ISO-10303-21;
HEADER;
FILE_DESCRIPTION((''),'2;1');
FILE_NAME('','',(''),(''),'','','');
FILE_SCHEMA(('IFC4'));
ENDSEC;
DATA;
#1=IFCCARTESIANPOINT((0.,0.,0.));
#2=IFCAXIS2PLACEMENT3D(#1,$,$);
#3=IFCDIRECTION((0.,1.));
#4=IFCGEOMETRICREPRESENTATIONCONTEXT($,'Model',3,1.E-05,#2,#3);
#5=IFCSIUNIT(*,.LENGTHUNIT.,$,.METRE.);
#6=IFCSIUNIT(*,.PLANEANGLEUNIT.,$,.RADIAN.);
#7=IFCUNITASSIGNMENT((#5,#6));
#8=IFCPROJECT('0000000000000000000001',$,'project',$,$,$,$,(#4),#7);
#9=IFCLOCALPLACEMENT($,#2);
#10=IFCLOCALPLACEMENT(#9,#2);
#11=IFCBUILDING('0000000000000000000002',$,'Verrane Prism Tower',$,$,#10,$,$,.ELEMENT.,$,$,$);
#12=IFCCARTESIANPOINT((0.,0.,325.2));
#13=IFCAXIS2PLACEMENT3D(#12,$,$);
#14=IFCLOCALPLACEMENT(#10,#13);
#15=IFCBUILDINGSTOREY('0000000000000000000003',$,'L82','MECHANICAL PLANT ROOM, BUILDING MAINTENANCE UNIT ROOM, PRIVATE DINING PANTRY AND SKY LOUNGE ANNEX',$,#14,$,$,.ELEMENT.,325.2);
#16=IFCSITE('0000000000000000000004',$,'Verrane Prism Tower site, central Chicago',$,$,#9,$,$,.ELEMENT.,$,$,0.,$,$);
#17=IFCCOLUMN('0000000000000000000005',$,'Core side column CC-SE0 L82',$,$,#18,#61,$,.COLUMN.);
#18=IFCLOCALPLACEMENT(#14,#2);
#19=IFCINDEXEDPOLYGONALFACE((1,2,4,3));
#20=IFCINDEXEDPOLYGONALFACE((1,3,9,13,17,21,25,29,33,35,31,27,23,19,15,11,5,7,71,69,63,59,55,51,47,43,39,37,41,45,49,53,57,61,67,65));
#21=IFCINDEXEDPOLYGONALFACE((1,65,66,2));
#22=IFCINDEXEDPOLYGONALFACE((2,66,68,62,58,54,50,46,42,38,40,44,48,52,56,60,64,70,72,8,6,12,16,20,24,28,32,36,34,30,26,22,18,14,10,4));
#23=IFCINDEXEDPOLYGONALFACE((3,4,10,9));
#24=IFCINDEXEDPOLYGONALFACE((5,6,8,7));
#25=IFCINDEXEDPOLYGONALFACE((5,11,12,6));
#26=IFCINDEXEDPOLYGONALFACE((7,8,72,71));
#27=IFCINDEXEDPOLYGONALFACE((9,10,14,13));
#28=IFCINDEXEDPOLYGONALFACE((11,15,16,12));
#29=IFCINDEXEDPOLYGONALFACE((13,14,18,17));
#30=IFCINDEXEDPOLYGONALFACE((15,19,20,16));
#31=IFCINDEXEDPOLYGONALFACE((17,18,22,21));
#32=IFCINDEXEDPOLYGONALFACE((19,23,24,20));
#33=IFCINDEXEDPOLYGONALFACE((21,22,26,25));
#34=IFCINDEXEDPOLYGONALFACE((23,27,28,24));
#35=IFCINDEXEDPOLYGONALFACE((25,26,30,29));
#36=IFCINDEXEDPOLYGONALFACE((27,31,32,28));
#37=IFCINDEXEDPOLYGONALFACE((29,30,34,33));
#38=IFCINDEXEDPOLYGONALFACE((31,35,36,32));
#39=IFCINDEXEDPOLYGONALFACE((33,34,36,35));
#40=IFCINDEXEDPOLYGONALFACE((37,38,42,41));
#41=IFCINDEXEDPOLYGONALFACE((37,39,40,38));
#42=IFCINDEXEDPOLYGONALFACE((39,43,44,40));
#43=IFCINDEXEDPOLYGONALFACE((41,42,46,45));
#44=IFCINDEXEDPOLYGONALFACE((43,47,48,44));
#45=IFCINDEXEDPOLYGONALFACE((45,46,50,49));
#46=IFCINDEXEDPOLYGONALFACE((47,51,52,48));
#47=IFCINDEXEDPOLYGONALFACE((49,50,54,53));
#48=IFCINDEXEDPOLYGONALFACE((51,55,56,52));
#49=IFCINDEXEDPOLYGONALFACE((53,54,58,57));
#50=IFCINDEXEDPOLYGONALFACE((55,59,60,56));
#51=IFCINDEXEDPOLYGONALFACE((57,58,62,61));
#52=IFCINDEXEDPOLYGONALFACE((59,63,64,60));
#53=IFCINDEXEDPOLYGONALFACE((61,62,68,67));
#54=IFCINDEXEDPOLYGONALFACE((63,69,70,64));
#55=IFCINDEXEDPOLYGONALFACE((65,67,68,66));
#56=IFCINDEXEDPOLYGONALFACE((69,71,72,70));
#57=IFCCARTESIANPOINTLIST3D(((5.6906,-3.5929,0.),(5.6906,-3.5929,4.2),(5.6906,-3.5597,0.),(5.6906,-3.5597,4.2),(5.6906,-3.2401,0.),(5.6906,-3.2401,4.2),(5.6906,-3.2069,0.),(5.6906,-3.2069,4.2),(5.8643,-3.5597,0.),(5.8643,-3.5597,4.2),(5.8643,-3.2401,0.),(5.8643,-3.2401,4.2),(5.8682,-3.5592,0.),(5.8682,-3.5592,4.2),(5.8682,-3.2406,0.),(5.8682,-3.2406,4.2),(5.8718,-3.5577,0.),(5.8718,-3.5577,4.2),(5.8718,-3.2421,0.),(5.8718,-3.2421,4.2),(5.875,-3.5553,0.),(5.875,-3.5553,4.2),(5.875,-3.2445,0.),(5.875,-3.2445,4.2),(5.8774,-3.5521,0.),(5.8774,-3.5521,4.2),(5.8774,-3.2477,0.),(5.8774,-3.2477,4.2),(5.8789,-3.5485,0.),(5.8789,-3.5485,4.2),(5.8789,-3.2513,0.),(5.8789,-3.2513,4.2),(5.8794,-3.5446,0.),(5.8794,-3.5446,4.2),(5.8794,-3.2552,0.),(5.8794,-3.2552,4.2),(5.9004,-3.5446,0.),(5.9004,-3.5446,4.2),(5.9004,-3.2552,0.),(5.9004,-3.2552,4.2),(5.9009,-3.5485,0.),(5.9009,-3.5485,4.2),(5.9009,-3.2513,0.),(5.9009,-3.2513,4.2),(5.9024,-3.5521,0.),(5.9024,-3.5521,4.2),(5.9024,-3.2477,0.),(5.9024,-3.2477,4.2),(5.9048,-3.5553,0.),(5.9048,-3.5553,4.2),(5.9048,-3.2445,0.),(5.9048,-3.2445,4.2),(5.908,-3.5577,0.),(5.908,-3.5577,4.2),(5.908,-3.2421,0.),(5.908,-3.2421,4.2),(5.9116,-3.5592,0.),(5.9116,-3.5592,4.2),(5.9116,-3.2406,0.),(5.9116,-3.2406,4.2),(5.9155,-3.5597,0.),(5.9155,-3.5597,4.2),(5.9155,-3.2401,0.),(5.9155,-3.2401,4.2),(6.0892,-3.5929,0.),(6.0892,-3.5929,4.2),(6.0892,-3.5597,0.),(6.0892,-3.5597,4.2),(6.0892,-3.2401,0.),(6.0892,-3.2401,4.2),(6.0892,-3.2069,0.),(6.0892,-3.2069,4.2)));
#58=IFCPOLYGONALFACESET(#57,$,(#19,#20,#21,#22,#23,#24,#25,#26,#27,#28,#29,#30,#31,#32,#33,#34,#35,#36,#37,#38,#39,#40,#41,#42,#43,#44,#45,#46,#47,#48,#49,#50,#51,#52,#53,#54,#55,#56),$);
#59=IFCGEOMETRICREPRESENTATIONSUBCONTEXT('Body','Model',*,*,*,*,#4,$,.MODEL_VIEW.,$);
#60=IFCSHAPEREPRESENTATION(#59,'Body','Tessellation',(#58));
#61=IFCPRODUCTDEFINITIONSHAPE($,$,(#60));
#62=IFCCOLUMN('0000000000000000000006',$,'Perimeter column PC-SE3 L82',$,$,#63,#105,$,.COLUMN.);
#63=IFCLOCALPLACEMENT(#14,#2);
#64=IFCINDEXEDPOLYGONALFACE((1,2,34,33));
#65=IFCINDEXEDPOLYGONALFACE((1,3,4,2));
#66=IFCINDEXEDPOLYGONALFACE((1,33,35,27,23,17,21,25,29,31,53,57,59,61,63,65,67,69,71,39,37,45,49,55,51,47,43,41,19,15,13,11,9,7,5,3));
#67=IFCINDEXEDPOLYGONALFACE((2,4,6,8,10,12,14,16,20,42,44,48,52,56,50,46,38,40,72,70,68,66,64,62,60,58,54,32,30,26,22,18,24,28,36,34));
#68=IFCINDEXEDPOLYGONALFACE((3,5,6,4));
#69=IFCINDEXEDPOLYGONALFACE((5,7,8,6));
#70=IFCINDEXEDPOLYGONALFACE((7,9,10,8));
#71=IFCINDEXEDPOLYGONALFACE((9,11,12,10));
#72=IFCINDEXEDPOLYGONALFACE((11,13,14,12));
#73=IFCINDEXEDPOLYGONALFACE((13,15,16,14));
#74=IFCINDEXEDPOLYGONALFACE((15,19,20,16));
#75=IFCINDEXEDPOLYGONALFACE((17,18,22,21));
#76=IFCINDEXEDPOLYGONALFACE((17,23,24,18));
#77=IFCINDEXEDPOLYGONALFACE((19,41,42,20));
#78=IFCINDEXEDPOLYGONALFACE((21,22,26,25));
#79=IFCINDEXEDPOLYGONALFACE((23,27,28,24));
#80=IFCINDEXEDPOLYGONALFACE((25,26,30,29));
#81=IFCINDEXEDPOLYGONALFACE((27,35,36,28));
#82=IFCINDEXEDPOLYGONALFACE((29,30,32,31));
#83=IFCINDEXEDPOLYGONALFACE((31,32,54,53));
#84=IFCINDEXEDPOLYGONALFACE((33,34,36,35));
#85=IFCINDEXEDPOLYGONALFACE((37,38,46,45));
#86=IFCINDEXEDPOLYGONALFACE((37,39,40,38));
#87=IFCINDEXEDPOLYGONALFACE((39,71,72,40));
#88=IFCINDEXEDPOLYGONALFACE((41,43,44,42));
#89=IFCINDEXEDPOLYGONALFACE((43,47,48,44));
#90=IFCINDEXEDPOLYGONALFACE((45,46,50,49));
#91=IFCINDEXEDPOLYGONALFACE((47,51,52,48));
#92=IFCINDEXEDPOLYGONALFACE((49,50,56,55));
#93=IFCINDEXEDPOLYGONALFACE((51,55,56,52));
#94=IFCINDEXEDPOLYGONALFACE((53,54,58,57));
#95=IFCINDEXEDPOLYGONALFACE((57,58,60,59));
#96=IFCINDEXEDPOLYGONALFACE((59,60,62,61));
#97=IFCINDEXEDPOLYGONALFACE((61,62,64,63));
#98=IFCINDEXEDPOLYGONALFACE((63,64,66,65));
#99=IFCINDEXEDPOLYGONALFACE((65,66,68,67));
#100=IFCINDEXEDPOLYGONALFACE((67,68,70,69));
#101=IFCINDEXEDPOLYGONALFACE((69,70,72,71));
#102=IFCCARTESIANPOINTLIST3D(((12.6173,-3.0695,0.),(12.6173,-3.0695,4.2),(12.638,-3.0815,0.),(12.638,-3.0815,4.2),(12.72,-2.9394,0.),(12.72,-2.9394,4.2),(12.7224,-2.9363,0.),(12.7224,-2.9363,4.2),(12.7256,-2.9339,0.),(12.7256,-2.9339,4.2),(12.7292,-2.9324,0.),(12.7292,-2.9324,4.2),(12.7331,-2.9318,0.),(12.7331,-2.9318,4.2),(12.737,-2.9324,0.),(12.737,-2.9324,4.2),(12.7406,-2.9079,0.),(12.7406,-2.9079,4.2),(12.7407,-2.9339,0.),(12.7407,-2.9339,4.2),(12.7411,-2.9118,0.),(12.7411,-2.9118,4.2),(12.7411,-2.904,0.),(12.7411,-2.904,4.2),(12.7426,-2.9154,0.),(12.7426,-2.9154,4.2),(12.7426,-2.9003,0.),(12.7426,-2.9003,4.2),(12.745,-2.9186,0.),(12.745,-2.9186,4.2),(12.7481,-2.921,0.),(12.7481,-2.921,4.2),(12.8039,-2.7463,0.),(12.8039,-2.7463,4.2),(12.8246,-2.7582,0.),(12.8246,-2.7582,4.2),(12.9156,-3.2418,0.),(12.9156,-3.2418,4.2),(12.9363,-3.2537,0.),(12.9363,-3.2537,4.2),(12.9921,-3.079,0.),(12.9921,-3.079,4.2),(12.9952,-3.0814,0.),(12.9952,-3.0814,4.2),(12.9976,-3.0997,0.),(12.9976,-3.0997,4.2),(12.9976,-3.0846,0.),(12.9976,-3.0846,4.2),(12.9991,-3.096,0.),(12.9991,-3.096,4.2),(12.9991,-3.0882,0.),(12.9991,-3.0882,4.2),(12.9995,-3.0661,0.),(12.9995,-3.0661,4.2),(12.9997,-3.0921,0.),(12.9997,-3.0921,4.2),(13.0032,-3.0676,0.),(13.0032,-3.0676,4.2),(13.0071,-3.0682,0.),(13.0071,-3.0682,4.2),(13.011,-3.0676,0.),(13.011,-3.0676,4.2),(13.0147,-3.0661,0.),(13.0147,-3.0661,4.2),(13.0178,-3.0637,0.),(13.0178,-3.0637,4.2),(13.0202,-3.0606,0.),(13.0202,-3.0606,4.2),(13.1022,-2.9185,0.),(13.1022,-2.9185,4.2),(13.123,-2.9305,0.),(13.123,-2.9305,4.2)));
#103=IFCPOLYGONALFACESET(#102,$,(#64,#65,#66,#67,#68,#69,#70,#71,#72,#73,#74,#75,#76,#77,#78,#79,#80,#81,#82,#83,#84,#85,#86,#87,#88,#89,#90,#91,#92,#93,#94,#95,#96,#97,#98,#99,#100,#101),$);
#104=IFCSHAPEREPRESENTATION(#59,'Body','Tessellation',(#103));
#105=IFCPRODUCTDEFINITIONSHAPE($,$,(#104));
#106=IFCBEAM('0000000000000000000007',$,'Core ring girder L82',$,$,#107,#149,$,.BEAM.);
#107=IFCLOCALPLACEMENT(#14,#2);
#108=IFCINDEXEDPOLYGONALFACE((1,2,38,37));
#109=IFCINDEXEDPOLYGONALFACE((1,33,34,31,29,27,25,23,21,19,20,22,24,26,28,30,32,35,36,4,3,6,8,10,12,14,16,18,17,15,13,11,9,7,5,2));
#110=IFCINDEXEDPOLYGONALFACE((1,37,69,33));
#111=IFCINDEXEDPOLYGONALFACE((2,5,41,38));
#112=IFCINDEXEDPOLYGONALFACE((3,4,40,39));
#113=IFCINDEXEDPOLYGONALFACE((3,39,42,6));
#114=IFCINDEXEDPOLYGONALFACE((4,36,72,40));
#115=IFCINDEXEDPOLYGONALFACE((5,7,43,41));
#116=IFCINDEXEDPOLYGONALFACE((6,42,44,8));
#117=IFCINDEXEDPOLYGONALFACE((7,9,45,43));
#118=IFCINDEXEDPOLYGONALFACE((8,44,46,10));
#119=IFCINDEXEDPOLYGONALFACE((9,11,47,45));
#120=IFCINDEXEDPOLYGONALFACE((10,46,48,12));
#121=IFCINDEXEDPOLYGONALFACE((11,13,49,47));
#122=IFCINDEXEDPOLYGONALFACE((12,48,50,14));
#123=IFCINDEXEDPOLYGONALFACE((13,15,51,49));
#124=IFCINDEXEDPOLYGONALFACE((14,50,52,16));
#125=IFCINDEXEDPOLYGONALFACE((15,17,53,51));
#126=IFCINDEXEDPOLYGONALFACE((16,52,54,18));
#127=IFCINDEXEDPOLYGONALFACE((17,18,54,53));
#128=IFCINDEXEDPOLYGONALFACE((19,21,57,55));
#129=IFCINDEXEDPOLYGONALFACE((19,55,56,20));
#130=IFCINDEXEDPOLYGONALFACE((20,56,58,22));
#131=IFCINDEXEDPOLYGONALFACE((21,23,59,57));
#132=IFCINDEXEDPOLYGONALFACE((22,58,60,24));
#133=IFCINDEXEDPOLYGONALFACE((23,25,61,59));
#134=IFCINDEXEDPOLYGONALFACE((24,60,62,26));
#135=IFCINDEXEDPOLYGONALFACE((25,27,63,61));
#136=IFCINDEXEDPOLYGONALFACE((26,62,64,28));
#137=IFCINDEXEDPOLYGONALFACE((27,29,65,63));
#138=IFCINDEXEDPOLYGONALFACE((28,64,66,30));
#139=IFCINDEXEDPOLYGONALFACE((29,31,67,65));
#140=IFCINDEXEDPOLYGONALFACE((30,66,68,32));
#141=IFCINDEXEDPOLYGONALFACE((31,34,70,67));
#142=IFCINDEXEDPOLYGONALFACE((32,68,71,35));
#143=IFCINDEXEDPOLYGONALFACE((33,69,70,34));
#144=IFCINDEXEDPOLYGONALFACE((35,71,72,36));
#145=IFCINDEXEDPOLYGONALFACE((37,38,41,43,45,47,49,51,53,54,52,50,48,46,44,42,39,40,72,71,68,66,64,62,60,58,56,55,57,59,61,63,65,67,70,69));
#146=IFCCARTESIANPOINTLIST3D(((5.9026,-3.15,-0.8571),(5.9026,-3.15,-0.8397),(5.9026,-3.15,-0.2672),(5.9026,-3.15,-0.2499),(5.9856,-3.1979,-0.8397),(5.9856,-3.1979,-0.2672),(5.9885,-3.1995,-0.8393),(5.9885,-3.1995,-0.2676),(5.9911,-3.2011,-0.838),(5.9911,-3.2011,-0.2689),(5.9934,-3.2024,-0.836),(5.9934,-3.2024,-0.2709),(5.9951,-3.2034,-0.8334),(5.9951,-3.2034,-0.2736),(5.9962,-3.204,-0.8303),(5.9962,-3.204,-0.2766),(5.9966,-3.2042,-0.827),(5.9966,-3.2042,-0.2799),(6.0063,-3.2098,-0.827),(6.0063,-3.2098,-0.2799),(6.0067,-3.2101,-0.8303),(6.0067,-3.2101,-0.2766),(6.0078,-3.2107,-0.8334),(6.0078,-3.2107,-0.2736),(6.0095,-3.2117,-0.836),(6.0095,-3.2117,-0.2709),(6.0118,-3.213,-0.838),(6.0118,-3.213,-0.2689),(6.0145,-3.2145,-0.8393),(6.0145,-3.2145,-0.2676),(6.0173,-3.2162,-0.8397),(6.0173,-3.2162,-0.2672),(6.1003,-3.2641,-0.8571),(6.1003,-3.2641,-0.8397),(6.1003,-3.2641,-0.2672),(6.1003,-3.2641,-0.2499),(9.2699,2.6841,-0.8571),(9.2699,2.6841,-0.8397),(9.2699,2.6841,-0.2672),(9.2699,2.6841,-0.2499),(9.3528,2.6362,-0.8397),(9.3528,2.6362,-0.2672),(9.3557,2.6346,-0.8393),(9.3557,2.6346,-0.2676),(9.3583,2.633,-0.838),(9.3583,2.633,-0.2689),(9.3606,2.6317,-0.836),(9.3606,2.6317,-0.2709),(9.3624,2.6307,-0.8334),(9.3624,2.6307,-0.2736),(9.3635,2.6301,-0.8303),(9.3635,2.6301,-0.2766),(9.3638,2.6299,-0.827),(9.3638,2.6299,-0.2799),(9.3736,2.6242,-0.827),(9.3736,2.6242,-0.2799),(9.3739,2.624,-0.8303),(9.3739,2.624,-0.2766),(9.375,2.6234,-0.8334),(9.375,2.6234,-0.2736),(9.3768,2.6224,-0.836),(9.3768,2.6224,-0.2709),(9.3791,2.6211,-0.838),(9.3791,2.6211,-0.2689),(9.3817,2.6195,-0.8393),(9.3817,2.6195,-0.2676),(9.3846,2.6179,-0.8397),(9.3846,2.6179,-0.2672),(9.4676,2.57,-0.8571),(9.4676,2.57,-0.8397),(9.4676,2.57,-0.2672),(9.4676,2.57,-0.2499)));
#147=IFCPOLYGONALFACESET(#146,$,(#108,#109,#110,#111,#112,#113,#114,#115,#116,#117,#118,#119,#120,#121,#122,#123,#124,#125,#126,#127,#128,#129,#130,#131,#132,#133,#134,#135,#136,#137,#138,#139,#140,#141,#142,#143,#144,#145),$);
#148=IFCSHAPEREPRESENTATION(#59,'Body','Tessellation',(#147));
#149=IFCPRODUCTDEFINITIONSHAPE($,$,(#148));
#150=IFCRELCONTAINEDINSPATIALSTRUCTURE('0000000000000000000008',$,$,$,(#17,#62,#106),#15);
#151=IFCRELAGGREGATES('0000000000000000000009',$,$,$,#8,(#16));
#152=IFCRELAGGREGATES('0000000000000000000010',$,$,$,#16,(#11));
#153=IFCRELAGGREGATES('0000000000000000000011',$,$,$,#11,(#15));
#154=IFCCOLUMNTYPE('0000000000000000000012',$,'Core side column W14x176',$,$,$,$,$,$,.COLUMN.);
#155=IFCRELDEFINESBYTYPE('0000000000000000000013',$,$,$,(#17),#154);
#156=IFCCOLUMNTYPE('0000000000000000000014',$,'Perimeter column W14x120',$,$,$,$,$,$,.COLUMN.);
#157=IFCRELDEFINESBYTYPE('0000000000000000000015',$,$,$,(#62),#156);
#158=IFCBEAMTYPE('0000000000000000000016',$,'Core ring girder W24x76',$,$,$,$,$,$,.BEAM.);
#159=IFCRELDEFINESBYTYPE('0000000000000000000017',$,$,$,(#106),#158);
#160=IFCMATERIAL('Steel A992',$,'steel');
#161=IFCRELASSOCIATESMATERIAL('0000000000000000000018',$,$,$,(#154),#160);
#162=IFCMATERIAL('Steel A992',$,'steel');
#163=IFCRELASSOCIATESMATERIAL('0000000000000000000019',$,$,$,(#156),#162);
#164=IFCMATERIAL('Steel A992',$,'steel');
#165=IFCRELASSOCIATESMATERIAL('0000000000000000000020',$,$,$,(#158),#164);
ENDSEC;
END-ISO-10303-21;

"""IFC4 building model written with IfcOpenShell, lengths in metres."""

from ifc_helpers import new_model, si_unit, direction, frame, origin, origin_2d, place, context, subcontext, project, spatial, i_section, extrude, material, material_profile, profile_set, type_object, element, save


model = new_model("IFC4")

# Units and contexts
model_context = context("Model", 3, precision=1e-05, world=origin(), true_north=direction((0.0, 1.0)))
body_context = subcontext(model_context, "Body", "Model", "MODEL_VIEW")
ifc_project = project(units=[si_unit("LENGTHUNIT", "METRE"), si_unit("PLANEANGLEUNIT", "RADIAN")], contexts=[model_context])

# Site, building, storey
site_placement = place(None, origin())
site = spatial("IfcSite", under=ifc_project, at=site_placement, Name="Verrane Prism Tower site, central Chicago", CompositionType="ELEMENT", RefElevation=0.0)
building_placement = place(site_placement, origin())
building = spatial("IfcBuilding", under=site, at=building_placement, Name="Verrane Prism Tower", CompositionType="ELEMENT")
storey_placement = place(building_placement, frame((0.0, 0.0, 325.2)))
storey = spatial("IfcBuildingStorey", under=building, at=storey_placement, Name="L82", Description="MECHANICAL PLANT ROOM, BUILDING MAINTENANCE UNIT ROOM, PRIVATE DINING PANTRY AND SKY LOUNGE ANNEX", CompositionType="ELEMENT", Elevation=325.2)

# Columns
ifc_material_1 = material(Name="Steel A992", Category="steel")
ifc_material_profile_1 = material_profile(ifc_material_1, i_section(OverallWidth=0.3987, OverallDepth=0.386, WebThickness=0.021, FlangeThickness=0.0332, FilletRadius=0.0151, at=origin_2d()), Name="W14x176")
ifc_profile_set_1 = profile_set([ifc_material_profile_1], Name="Steel A992")
column_type_1 = type_object("IfcColumnType", Name="Core side column W14x176", PredefinedType="COLUMN", material=ifc_profile_set_1)
column_1_placement = place(storey_placement, frame((5.8899, -3.3999, 0.0), z_axis=(0.0, 0.0, 1.0), x_axis=(1.0, 0.0, 0.0)))
element("IfcColumn", 1, at=column_1_placement, inside=storey, type_object=column_type_1, Name="Core side column CC-SE0 L82", PredefinedType="COLUMN", context=body_context, shape_type="SweptSolid", body=[
    extrude(i_section(OverallWidth=0.3987, OverallDepth=0.386, WebThickness=0.021, FlangeThickness=0.0332, FilletRadius=0.0151, at=origin_2d()), origin(), (0.0, 0.0, 1.0), 4.2),
])
ifc_material_2 = material(Name="Steel A992", Category="steel")
ifc_material_profile_2 = material_profile(ifc_material_2, i_section(OverallWidth=0.3733, OverallDepth=0.3684, WebThickness=0.0149, FlangeThickness=0.0239, FilletRadius=0.0151, at=origin_2d()), Name="W14x120")
ifc_profile_set_2 = profile_set([ifc_material_profile_2], Name="Steel A992")
column_type_2 = type_object("IfcColumnType", Name="Perimeter column W14x120", PredefinedType="COLUMN", material=ifc_profile_set_2)
column_2_placement = place(storey_placement, frame((12.8701, -3.0, 0.0), z_axis=(0.0, 0.0, 1.0), x_axis=(-0.5, -0.866025, 0.0)))
element("IfcColumn", 2, at=column_2_placement, inside=storey, type_object=column_type_2, Name="Perimeter column PC-SE3 L82", PredefinedType="COLUMN", context=body_context, shape_type="SweptSolid", body=[
    extrude(i_section(OverallWidth=0.3733, OverallDepth=0.3684, WebThickness=0.0149, FlangeThickness=0.0239, FilletRadius=0.0151, at=origin_2d()), origin(), (0.0, 0.0, 1.0), 4.2),
])

# Beam
ifc_material_3 = material(Name="Steel A992", Category="steel")
ifc_material_profile_3 = material_profile(ifc_material_3, i_section(OverallWidth=0.2283, OverallDepth=0.6072, WebThickness=0.0112, FlangeThickness=0.0173, FilletRadius=0.0127, at=origin_2d()), Name="W24x76")
ifc_profile_set_3 = profile_set([ifc_material_profile_3], Name="Steel A992")
beam_type_1 = type_object("IfcBeamType", Name="Core ring girder W24x76", PredefinedType="BEAM", material=ifc_profile_set_3)
beam_1_placement = place(storey_placement, frame((6.0015, -3.207, -0.5535), z_axis=(0.499881, 0.866094, 0.0), x_axis=(-0.866094, 0.499881, 0.0)))
element("IfcBeam", 3, at=beam_1_placement, inside=storey, type_object=beam_type_1, Name="Core ring girder L82", PredefinedType="BEAM", context=body_context, shape_type="SweptSolid", body=[
    extrude(i_section(OverallWidth=0.2283, OverallDepth=0.6072, WebThickness=0.0112, FlangeThickness=0.0173, FilletRadius=0.0127, at=origin_2d()), origin(), (0.0, 0.0, 1.0), 6.7361),
])

save(model, "model.ifc")
